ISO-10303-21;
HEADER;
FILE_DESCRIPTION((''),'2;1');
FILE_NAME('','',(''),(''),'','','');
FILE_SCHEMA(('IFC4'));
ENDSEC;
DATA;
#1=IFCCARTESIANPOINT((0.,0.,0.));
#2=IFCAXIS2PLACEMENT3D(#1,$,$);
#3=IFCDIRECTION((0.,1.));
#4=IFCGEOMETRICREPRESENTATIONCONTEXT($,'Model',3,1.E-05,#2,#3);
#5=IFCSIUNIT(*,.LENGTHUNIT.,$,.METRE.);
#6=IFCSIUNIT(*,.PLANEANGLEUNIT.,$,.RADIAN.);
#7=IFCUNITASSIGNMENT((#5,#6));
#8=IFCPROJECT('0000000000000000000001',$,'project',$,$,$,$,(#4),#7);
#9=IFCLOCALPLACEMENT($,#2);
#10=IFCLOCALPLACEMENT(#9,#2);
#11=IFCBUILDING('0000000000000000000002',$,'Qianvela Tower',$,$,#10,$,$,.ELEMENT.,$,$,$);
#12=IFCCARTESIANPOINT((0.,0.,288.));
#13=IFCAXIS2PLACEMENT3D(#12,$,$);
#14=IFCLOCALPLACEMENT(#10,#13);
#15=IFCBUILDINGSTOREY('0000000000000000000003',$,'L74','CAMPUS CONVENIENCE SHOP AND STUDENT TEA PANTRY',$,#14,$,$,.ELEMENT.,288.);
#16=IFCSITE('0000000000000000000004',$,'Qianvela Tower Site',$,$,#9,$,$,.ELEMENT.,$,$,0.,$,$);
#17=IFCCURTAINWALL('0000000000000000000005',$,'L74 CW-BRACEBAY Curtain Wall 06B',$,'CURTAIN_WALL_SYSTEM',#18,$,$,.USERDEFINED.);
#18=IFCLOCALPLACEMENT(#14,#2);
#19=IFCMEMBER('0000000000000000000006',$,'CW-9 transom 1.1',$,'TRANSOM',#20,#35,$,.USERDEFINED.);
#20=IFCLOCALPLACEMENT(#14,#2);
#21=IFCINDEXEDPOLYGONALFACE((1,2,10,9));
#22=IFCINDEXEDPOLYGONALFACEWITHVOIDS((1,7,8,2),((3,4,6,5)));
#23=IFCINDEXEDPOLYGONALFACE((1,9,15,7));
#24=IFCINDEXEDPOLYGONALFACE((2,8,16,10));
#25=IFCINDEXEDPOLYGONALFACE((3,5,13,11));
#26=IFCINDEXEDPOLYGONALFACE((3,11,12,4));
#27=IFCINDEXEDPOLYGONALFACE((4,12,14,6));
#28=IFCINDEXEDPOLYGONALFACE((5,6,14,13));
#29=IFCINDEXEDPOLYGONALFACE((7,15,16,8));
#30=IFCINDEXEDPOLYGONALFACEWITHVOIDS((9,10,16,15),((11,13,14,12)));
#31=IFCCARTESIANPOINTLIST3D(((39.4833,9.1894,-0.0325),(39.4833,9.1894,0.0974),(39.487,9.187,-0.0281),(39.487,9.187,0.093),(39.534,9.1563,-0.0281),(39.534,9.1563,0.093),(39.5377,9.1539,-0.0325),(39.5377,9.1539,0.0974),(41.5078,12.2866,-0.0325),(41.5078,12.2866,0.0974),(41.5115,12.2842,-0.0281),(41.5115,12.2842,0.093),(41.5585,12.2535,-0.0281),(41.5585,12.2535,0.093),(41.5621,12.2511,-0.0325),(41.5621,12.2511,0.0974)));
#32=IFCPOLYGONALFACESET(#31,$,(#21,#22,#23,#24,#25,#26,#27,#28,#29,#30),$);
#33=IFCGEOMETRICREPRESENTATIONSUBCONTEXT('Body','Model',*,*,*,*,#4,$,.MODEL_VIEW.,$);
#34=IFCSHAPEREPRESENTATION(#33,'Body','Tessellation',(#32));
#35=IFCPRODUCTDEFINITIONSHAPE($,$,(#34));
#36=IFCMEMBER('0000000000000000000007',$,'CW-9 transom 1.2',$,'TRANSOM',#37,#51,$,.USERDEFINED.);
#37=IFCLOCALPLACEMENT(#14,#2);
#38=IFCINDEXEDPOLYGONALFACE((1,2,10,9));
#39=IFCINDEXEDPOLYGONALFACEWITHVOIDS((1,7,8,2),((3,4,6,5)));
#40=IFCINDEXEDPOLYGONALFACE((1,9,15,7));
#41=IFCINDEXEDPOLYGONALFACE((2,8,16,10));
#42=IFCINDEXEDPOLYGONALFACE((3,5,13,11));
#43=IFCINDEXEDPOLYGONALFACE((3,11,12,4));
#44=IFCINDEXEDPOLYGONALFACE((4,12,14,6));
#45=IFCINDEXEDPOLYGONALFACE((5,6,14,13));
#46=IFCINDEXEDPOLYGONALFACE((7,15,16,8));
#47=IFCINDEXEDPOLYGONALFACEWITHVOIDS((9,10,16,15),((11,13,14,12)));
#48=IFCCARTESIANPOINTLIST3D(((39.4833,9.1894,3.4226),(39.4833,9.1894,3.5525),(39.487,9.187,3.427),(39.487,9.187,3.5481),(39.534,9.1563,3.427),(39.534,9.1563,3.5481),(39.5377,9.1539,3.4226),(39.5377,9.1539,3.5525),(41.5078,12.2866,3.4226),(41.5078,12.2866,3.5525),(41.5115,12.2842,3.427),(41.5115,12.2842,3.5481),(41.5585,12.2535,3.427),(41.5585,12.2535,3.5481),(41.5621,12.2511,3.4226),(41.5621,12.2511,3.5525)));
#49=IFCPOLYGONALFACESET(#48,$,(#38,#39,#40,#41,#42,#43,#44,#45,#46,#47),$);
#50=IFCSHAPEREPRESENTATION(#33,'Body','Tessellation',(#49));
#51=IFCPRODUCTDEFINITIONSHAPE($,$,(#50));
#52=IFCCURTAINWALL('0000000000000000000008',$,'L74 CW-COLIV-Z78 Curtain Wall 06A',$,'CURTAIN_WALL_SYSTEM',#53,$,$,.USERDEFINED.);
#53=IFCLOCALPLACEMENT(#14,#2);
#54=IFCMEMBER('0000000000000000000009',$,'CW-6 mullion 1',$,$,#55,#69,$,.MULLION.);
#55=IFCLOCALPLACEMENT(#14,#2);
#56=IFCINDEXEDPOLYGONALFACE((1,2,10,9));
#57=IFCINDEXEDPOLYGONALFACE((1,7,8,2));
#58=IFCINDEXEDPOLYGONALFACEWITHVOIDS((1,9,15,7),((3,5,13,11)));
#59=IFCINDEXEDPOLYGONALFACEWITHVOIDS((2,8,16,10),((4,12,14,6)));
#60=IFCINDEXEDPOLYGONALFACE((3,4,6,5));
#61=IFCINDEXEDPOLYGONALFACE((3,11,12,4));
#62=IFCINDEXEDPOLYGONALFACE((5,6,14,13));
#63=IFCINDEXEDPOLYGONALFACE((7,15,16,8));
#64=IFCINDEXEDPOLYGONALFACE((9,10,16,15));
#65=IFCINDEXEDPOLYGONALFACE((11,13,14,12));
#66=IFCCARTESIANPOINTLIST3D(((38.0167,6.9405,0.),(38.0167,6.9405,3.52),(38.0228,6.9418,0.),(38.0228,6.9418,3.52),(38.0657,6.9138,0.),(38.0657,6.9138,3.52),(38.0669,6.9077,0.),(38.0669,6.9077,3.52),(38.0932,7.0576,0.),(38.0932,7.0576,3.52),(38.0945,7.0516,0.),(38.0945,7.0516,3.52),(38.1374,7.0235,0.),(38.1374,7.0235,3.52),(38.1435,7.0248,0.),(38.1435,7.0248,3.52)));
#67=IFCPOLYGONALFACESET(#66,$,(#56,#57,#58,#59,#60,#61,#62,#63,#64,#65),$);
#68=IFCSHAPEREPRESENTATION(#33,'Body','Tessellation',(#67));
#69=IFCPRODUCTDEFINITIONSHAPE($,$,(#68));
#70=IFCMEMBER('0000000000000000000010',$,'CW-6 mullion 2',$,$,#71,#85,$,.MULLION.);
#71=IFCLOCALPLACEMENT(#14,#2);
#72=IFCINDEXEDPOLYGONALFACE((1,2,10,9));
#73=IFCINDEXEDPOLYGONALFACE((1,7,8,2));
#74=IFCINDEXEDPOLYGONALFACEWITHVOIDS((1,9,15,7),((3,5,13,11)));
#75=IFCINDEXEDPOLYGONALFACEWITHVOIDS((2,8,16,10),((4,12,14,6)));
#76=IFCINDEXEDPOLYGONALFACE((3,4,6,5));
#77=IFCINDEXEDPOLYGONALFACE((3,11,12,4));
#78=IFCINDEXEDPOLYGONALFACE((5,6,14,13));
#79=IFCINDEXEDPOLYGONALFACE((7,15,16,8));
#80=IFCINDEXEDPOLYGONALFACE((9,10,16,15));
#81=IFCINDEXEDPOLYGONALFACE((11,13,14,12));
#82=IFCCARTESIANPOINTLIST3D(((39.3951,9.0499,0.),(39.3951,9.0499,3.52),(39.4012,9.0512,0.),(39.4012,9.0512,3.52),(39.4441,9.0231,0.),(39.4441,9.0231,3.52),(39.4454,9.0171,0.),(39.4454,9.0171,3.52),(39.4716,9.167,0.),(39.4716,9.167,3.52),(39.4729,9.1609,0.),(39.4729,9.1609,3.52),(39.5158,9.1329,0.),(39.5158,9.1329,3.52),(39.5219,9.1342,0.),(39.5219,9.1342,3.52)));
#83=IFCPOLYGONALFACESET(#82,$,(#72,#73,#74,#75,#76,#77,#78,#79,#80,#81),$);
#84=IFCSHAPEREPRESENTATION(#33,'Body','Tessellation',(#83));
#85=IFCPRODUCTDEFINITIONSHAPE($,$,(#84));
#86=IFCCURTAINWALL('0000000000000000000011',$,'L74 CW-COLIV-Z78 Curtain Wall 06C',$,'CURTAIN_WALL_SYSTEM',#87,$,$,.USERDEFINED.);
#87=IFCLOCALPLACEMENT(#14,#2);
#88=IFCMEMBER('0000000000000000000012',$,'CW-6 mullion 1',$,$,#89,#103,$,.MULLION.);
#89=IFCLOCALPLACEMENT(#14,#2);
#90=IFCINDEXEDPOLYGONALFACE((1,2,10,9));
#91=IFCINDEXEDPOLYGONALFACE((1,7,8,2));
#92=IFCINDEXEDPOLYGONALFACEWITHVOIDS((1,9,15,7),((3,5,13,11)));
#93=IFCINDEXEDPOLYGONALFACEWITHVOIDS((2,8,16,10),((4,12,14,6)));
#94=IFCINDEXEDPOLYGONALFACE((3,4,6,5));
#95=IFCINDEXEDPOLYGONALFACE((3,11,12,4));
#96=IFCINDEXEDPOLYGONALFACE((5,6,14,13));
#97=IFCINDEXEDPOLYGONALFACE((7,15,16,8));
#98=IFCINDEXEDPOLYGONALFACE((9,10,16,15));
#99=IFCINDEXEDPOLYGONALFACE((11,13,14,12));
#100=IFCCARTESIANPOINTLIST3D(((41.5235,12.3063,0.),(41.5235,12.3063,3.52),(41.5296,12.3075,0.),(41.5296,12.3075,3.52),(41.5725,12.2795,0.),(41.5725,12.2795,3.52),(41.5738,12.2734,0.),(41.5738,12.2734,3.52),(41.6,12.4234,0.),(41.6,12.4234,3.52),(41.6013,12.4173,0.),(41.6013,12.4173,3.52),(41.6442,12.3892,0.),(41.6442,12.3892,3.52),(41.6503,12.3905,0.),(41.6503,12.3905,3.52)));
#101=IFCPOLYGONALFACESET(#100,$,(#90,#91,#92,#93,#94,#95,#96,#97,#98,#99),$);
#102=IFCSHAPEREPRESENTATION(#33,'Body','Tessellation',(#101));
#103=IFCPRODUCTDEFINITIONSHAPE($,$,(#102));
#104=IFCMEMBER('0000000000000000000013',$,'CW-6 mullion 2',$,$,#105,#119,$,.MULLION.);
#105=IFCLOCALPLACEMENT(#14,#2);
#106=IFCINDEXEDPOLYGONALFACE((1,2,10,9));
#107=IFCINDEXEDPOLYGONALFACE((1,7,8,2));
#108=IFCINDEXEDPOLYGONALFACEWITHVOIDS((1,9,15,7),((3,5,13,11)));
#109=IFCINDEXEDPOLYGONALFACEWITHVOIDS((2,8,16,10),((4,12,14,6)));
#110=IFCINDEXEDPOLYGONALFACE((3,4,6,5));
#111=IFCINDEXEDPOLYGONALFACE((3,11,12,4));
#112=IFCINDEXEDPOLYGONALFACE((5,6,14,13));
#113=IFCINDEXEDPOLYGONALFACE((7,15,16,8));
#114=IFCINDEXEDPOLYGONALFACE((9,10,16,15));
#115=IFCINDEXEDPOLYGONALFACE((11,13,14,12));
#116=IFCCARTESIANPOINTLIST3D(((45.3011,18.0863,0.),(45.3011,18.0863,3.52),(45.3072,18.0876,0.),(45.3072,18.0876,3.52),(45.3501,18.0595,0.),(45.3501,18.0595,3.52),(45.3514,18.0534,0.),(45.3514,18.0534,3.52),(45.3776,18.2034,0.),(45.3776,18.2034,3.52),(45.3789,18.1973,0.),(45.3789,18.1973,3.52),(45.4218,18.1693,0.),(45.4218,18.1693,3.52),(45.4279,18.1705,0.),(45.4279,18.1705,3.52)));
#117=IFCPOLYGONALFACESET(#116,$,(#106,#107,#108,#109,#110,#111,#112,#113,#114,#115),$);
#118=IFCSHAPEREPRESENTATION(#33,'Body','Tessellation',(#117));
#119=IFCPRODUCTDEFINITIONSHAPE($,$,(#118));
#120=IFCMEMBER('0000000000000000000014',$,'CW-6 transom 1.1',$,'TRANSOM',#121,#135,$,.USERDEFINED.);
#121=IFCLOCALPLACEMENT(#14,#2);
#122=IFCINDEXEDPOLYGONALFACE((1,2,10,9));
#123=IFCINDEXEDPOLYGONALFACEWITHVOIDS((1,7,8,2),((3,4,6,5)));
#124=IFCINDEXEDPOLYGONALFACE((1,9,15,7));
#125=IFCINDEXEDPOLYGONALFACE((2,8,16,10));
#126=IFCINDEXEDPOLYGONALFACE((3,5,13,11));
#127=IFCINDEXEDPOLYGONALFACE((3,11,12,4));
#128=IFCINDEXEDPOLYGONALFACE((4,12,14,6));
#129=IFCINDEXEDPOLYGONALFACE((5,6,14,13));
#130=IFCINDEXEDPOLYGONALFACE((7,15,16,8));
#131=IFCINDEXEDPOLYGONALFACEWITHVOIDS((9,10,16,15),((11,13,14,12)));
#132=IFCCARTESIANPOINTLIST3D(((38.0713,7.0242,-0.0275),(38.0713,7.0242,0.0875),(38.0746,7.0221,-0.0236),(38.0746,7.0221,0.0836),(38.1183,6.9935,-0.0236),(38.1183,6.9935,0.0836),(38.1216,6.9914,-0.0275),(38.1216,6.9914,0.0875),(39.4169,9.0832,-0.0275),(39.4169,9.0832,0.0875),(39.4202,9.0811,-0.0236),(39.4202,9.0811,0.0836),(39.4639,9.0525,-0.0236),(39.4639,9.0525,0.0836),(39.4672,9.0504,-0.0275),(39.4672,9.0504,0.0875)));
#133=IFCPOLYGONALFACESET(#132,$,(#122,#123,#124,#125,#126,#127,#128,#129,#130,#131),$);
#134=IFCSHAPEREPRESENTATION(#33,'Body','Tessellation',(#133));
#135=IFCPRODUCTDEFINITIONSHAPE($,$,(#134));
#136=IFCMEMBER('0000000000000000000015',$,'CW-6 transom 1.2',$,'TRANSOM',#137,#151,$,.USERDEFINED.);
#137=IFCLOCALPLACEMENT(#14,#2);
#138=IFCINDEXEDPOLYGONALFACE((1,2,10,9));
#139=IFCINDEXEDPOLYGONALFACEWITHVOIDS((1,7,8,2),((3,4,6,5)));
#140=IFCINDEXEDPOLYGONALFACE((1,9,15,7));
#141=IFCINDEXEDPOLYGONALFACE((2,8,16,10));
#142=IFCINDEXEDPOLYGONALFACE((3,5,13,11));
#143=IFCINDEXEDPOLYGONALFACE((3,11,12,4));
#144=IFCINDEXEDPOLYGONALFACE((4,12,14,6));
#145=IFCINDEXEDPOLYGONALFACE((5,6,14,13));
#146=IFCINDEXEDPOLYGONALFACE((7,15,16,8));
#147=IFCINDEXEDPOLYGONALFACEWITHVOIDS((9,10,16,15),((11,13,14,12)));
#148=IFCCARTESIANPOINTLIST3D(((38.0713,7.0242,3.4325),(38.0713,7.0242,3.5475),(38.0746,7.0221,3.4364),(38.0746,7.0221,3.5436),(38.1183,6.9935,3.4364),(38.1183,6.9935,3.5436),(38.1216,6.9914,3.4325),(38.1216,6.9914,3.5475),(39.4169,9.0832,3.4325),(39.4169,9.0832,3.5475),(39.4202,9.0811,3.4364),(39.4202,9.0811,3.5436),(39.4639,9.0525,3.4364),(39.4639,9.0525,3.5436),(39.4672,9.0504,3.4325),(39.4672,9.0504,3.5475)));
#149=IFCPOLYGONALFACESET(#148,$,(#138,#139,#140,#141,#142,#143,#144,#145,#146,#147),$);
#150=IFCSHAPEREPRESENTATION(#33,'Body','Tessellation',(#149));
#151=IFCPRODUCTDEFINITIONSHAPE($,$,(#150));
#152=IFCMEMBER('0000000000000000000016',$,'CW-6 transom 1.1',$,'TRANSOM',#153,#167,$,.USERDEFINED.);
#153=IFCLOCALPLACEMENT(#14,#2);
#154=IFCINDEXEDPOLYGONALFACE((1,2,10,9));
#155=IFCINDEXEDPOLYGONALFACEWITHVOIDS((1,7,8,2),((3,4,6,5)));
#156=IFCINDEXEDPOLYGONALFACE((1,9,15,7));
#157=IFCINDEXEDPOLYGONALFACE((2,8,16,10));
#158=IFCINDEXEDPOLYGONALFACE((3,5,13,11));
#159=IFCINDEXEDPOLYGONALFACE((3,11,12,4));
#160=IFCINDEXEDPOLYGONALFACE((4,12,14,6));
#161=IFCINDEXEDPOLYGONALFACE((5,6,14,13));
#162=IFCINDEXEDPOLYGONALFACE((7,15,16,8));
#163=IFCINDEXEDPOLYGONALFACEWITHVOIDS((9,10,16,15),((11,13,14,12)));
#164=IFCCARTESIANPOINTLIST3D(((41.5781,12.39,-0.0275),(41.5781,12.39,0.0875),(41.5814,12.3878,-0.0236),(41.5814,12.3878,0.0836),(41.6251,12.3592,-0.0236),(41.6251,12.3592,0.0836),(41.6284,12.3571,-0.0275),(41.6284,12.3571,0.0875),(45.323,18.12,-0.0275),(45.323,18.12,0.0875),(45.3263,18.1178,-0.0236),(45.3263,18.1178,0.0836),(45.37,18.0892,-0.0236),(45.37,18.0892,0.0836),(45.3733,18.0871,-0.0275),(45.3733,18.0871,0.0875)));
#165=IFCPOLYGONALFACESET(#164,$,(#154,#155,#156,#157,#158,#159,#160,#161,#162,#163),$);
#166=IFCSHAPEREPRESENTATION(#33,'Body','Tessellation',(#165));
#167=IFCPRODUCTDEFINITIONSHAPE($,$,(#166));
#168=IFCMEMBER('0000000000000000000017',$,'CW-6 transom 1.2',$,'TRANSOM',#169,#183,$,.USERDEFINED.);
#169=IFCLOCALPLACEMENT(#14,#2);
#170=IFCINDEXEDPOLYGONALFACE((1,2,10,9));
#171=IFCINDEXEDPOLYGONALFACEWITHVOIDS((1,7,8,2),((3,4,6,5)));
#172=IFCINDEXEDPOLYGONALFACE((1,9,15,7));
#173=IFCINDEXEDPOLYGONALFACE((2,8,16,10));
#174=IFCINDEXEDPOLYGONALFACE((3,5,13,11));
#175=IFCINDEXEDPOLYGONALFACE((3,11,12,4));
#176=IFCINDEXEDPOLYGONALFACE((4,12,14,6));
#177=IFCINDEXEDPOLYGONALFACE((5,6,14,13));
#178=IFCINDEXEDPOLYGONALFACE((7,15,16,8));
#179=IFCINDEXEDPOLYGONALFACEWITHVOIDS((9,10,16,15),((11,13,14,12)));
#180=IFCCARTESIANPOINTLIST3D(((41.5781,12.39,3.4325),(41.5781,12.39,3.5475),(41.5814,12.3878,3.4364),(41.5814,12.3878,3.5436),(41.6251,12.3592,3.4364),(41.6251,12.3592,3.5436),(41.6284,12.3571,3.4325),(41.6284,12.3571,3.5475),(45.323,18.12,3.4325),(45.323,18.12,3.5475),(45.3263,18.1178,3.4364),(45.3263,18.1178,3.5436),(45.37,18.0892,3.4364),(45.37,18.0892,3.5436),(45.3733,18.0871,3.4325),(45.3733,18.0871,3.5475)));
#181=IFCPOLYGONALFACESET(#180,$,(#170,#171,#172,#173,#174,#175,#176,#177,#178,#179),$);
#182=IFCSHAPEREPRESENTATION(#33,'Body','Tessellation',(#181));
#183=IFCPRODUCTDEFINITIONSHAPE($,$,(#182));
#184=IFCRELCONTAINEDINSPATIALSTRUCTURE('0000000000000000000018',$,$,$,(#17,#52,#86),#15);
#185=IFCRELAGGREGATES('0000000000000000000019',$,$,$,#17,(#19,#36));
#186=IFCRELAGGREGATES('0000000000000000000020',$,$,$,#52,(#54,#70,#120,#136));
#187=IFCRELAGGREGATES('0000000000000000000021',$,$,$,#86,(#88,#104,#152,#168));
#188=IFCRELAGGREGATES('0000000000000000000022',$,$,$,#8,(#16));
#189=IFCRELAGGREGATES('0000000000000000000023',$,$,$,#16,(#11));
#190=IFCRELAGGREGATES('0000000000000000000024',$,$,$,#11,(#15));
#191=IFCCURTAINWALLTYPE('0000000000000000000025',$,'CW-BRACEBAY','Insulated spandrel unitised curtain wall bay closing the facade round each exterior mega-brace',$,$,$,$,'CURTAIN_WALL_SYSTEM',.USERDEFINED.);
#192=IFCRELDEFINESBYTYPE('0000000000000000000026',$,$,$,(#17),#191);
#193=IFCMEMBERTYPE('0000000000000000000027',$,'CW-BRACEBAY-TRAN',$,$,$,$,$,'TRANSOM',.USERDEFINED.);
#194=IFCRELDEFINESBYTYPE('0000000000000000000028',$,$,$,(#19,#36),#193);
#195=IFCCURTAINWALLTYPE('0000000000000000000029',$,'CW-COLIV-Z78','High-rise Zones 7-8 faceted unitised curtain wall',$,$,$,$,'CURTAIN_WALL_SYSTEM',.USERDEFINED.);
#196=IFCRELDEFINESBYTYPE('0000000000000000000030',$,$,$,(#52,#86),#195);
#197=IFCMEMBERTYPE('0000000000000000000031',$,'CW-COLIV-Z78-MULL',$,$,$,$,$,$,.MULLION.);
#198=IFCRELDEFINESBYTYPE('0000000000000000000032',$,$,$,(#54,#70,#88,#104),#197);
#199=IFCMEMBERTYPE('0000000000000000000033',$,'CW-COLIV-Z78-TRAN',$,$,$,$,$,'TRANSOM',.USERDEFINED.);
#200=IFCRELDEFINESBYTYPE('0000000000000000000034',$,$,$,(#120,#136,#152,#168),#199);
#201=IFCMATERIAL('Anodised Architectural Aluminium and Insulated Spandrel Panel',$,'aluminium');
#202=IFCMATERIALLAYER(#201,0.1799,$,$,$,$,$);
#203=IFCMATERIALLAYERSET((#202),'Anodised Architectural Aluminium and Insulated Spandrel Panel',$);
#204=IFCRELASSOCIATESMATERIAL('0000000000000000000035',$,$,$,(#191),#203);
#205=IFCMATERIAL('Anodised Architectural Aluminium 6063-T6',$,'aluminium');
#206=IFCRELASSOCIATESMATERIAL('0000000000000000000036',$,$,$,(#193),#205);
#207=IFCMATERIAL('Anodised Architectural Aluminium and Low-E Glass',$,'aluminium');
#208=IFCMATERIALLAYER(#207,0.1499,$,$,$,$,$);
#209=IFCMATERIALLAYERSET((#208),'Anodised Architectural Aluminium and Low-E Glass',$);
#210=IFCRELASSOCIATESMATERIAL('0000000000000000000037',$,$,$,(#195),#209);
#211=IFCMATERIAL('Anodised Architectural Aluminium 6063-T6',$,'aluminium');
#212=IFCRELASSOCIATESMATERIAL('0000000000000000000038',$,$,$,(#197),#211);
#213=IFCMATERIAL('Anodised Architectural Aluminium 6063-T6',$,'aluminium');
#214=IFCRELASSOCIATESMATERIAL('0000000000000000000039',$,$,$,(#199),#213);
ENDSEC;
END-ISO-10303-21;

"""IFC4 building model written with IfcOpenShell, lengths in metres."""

from ifc_helpers import new_model, si_unit, direction, frame, origin, origin_2d, place, context, subcontext, project, spatial, hollow_rectangle, extrude, material, layer, layer_set, material_profile, profile_set, type_object, element, aggregate, save


model = new_model("IFC4")

# Units and contexts
model_context = context("Model", 3, precision=1e-05, world=origin(), true_north=direction((0.0, 1.0)))
body_context = subcontext(model_context, "Body", "Model", "MODEL_VIEW")
ifc_project = project(units=[si_unit("LENGTHUNIT", "METRE"), si_unit("PLANEANGLEUNIT", "RADIAN")], contexts=[model_context])

# Site, building, storey
site_placement = place(None, origin())
site = spatial("IfcSite", under=ifc_project, at=site_placement, Name="Qianvela Tower Site", CompositionType="ELEMENT", RefElevation=0.0)
building_placement = place(site_placement, origin())
building = spatial("IfcBuilding", under=site, at=building_placement, Name="Qianvela Tower", CompositionType="ELEMENT")
storey_placement = place(building_placement, frame((0.0, 0.0, 288.0)))
storey = spatial("IfcBuildingStorey", under=building, at=storey_placement, Name="L74", Description="CAMPUS CONVENIENCE SHOP AND STUDENT TEA PANTRY", CompositionType="ELEMENT", Elevation=288.0)

# Curtain walls, members
ifc_material_1 = material(Name="Anodised Architectural Aluminium and Insulated Spandrel Panel", Category="aluminium")
ifc_layer_1 = layer(ifc_material_1, 0.1799)
ifc_layer_set_1 = layer_set([ifc_layer_1], Name="Anodised Architectural Aluminium and Insulated Spandrel Panel")
curtain_wall_type_1 = type_object("IfcCurtainWallType", Name="CW-BRACEBAY", Description="Insulated spandrel unitised curtain wall bay closing the facade round each exterior mega-brace", ElementType="CURTAIN_WALL_SYSTEM", PredefinedType="USERDEFINED", material=ifc_layer_set_1)
curtain_wall_1_placement = place(storey_placement, origin())
curtain_wall_1 = element("IfcCurtainWall", 1, at=curtain_wall_1_placement, inside=storey, type_object=curtain_wall_type_1, Name="L74 CW-BRACEBAY Curtain Wall 06B", ObjectType="CURTAIN_WALL_SYSTEM", PredefinedType="USERDEFINED")
ifc_material_2 = material(Name="Anodised Architectural Aluminium 6063-T6", Category="aluminium")
ifc_material_profile_1 = material_profile(ifc_material_2, hollow_rectangle(XDim=0.0649, YDim=0.1299, WallThickness=0.0044, at=origin_2d()), Name="ALU-TRAN-65x130")
ifc_profile_set_1 = profile_set([ifc_material_profile_1], Name="Anodised Architectural Aluminium 6063-T6")
member_type_1 = type_object("IfcMemberType", Name="CW-BRACEBAY-TRAN", ElementType="TRANSOM", PredefinedType="USERDEFINED", material=ifc_profile_set_1)
member_1_placement = place(storey_placement, frame((39.5105, 9.1716, 0.0325), z_axis=(0.547125, 0.837051, 0.0), x_axis=(-0.837051, 0.547125, 0.0)))
member_1 = element("IfcMember", 2, at=member_1_placement, type_object=member_type_1, Name="CW-9 transom 1.1", ObjectType="TRANSOM", PredefinedType="USERDEFINED", context=body_context, shape_type="SweptSolid", body=[
    extrude(hollow_rectangle(XDim=0.0649, YDim=0.1299, WallThickness=0.0044, at=origin_2d()), origin(), (0.0, 0.0, 1.0), 3.7002),
])
member_2_placement = place(storey_placement, frame((39.5105, 9.1716, 3.4875), z_axis=(0.547125, 0.837051, 0.0), x_axis=(-0.837051, 0.547125, 0.0)))
member_2 = element("IfcMember", 3, at=member_2_placement, type_object=member_type_1, Name="CW-9 transom 1.2", ObjectType="TRANSOM", PredefinedType="USERDEFINED", context=body_context, shape_type="SweptSolid", body=[
    extrude(hollow_rectangle(XDim=0.0649, YDim=0.1299, WallThickness=0.0044, at=origin_2d()), origin(), (0.0, 0.0, 1.0), 3.7002),
])
ifc_material_3 = material(Name="Anodised Architectural Aluminium and Low-E Glass", Category="aluminium")
ifc_layer_2 = layer(ifc_material_3, 0.1499)
ifc_layer_set_2 = layer_set([ifc_layer_2], Name="Anodised Architectural Aluminium and Low-E Glass")
curtain_wall_type_2 = type_object("IfcCurtainWallType", Name="CW-COLIV-Z78", Description="High-rise Zones 7-8 faceted unitised curtain wall", ElementType="CURTAIN_WALL_SYSTEM", PredefinedType="USERDEFINED", material=ifc_layer_set_2)
curtain_wall_2_placement = place(storey_placement, origin())
curtain_wall_2 = element("IfcCurtainWall", 4, at=curtain_wall_2_placement, inside=storey, type_object=curtain_wall_type_2, Name="L74 CW-COLIV-Z78 Curtain Wall 06A", ObjectType="CURTAIN_WALL_SYSTEM", PredefinedType="USERDEFINED")
ifc_material_4 = material(Name="Anodised Architectural Aluminium 6063-T6", Category="aluminium")
ifc_material_profile_2 = material_profile(ifc_material_4, hollow_rectangle(XDim=0.0601, YDim=0.1399, WallThickness=0.0044, at=origin_2d()), Name="ALU-MULL-60x140")
ifc_profile_set_2 = profile_set([ifc_material_profile_2], Name="Anodised Architectural Aluminium 6063-T6")
member_type_2 = type_object("IfcMemberType", Name="CW-COLIV-Z78-MULL", PredefinedType="MULLION", material=ifc_profile_set_2)
member_3_placement = place(storey_placement, frame((38.0801, 6.9827, 0.0), z_axis=(0.0, 0.0, 1.0), x_axis=(-0.837084, 0.547074, 0.0)))
member_3 = element("IfcMember", 5, at=member_3_placement, type_object=member_type_2, Name="CW-6 mullion 1", PredefinedType="MULLION", context=body_context, shape_type="SweptSolid", body=[
    extrude(hollow_rectangle(XDim=0.0601, YDim=0.1399, WallThickness=0.0044, at=origin_2d()), origin(), (0.0, 0.0, 1.0), 3.52),
])
member_4_placement = place(storey_placement, frame((39.4585, 9.092, 0.0), z_axis=(0.0, 0.0, 1.0), x_axis=(-0.837084, 0.547074, 0.0)))
member_4 = element("IfcMember", 6, at=member_4_placement, type_object=member_type_2, Name="CW-6 mullion 2", PredefinedType="MULLION", context=body_context, shape_type="SweptSolid", body=[
    extrude(hollow_rectangle(XDim=0.0601, YDim=0.1399, WallThickness=0.0044, at=origin_2d()), origin(), (0.0, 0.0, 1.0), 3.52),
])
curtain_wall_3_placement = place(storey_placement, origin())
curtain_wall_3 = element("IfcCurtainWall", 7, at=curtain_wall_3_placement, inside=storey, type_object=curtain_wall_type_2, Name="L74 CW-COLIV-Z78 Curtain Wall 06C", ObjectType="CURTAIN_WALL_SYSTEM", PredefinedType="USERDEFINED")
member_5_placement = place(storey_placement, frame((41.5869, 12.3484, 0.0), z_axis=(0.0, 0.0, 1.0), x_axis=(-0.83708, 0.547081, 0.0)))
member_5 = element("IfcMember", 8, at=member_5_placement, type_object=member_type_2, Name="CW-6 mullion 1", PredefinedType="MULLION", context=body_context, shape_type="SweptSolid", body=[
    extrude(hollow_rectangle(XDim=0.0601, YDim=0.1399, WallThickness=0.0044, at=origin_2d()), origin(), (0.0, 0.0, 1.0), 3.52),
])
member_6_placement = place(storey_placement, frame((45.3645, 18.1284, 0.0), z_axis=(0.0, 0.0, 1.0), x_axis=(-0.83708, 0.547081, 0.0)))
member_6 = element("IfcMember", 9, at=member_6_placement, type_object=member_type_2, Name="CW-6 mullion 2", PredefinedType="MULLION", context=body_context, shape_type="SweptSolid", body=[
    extrude(hollow_rectangle(XDim=0.0601, YDim=0.1399, WallThickness=0.0044, at=origin_2d()), origin(), (0.0, 0.0, 1.0), 3.52),
])

# Members
ifc_material_5 = material(Name="Anodised Architectural Aluminium 6063-T6", Category="aluminium")
ifc_material_profile_3 = material_profile(ifc_material_5, hollow_rectangle(XDim=0.0601, YDim=0.115, WallThickness=0.0039, at=origin_2d()), Name="ALU-TRAN-60x115")
ifc_profile_set_3 = profile_set([ifc_material_profile_3], Name="Anodised Architectural Aluminium 6063-T6")
member_type_3 = type_object("IfcMemberType", Name="CW-COLIV-Z78-TRAN", ElementType="TRANSOM", PredefinedType="USERDEFINED", material=ifc_profile_set_3)
member_7_placement = place(storey_placement, frame((38.0964, 7.0078, 0.03), z_axis=(0.547073, 0.837085, 0.0), x_axis=(-0.837085, 0.547073, 0.0)))
member_7 = element("IfcMember", 10, at=member_7_placement, type_object=member_type_3, Name="CW-6 transom 1.1", ObjectType="TRANSOM", PredefinedType="USERDEFINED", context=body_context, shape_type="SweptSolid", body=[
    extrude(hollow_rectangle(XDim=0.0601, YDim=0.115, WallThickness=0.0039, at=origin_2d()), origin(), (0.0, 0.0, 1.0), 2.4597),
])
member_8_placement = place(storey_placement, frame((38.0964, 7.0078, 3.49), z_axis=(0.547073, 0.837085, 0.0), x_axis=(-0.837085, 0.547073, 0.0)))
member_8 = element("IfcMember", 11, at=member_8_placement, type_object=member_type_3, Name="CW-6 transom 1.2", ObjectType="TRANSOM", PredefinedType="USERDEFINED", context=body_context, shape_type="SweptSolid", body=[
    extrude(hollow_rectangle(XDim=0.0601, YDim=0.115, WallThickness=0.0039, at=origin_2d()), origin(), (0.0, 0.0, 1.0), 2.4597),
])
member_9_placement = place(storey_placement, frame((41.6033, 12.3735, 0.03), z_axis=(0.54708, 0.83708, 0.0), x_axis=(-0.83708, 0.54708, 0.0)))
member_9 = element("IfcMember", 12, at=member_9_placement, type_object=member_type_3, Name="CW-6 transom 1.1", ObjectType="TRANSOM", PredefinedType="USERDEFINED", context=body_context, shape_type="SweptSolid", body=[
    extrude(hollow_rectangle(XDim=0.0601, YDim=0.115, WallThickness=0.0039, at=origin_2d()), origin(), (0.0, 0.0, 1.0), 6.8452),
])
member_10_placement = place(storey_placement, frame((41.6033, 12.3735, 3.49), z_axis=(0.54708, 0.83708, 0.0), x_axis=(-0.83708, 0.54708, 0.0)))
member_10 = element("IfcMember", 13, at=member_10_placement, type_object=member_type_3, Name="CW-6 transom 1.2", ObjectType="TRANSOM", PredefinedType="USERDEFINED", context=body_context, shape_type="SweptSolid", body=[
    extrude(hollow_rectangle(XDim=0.0601, YDim=0.115, WallThickness=0.0039, at=origin_2d()), origin(), (0.0, 0.0, 1.0), 6.8452),
])

aggregate(curtain_wall_1, [member_1, member_2])
aggregate(curtain_wall_2, [member_3, member_4, member_7, member_8])
aggregate(curtain_wall_3, [member_5, member_6, member_9, member_10])

save(model, "model.ifc")
